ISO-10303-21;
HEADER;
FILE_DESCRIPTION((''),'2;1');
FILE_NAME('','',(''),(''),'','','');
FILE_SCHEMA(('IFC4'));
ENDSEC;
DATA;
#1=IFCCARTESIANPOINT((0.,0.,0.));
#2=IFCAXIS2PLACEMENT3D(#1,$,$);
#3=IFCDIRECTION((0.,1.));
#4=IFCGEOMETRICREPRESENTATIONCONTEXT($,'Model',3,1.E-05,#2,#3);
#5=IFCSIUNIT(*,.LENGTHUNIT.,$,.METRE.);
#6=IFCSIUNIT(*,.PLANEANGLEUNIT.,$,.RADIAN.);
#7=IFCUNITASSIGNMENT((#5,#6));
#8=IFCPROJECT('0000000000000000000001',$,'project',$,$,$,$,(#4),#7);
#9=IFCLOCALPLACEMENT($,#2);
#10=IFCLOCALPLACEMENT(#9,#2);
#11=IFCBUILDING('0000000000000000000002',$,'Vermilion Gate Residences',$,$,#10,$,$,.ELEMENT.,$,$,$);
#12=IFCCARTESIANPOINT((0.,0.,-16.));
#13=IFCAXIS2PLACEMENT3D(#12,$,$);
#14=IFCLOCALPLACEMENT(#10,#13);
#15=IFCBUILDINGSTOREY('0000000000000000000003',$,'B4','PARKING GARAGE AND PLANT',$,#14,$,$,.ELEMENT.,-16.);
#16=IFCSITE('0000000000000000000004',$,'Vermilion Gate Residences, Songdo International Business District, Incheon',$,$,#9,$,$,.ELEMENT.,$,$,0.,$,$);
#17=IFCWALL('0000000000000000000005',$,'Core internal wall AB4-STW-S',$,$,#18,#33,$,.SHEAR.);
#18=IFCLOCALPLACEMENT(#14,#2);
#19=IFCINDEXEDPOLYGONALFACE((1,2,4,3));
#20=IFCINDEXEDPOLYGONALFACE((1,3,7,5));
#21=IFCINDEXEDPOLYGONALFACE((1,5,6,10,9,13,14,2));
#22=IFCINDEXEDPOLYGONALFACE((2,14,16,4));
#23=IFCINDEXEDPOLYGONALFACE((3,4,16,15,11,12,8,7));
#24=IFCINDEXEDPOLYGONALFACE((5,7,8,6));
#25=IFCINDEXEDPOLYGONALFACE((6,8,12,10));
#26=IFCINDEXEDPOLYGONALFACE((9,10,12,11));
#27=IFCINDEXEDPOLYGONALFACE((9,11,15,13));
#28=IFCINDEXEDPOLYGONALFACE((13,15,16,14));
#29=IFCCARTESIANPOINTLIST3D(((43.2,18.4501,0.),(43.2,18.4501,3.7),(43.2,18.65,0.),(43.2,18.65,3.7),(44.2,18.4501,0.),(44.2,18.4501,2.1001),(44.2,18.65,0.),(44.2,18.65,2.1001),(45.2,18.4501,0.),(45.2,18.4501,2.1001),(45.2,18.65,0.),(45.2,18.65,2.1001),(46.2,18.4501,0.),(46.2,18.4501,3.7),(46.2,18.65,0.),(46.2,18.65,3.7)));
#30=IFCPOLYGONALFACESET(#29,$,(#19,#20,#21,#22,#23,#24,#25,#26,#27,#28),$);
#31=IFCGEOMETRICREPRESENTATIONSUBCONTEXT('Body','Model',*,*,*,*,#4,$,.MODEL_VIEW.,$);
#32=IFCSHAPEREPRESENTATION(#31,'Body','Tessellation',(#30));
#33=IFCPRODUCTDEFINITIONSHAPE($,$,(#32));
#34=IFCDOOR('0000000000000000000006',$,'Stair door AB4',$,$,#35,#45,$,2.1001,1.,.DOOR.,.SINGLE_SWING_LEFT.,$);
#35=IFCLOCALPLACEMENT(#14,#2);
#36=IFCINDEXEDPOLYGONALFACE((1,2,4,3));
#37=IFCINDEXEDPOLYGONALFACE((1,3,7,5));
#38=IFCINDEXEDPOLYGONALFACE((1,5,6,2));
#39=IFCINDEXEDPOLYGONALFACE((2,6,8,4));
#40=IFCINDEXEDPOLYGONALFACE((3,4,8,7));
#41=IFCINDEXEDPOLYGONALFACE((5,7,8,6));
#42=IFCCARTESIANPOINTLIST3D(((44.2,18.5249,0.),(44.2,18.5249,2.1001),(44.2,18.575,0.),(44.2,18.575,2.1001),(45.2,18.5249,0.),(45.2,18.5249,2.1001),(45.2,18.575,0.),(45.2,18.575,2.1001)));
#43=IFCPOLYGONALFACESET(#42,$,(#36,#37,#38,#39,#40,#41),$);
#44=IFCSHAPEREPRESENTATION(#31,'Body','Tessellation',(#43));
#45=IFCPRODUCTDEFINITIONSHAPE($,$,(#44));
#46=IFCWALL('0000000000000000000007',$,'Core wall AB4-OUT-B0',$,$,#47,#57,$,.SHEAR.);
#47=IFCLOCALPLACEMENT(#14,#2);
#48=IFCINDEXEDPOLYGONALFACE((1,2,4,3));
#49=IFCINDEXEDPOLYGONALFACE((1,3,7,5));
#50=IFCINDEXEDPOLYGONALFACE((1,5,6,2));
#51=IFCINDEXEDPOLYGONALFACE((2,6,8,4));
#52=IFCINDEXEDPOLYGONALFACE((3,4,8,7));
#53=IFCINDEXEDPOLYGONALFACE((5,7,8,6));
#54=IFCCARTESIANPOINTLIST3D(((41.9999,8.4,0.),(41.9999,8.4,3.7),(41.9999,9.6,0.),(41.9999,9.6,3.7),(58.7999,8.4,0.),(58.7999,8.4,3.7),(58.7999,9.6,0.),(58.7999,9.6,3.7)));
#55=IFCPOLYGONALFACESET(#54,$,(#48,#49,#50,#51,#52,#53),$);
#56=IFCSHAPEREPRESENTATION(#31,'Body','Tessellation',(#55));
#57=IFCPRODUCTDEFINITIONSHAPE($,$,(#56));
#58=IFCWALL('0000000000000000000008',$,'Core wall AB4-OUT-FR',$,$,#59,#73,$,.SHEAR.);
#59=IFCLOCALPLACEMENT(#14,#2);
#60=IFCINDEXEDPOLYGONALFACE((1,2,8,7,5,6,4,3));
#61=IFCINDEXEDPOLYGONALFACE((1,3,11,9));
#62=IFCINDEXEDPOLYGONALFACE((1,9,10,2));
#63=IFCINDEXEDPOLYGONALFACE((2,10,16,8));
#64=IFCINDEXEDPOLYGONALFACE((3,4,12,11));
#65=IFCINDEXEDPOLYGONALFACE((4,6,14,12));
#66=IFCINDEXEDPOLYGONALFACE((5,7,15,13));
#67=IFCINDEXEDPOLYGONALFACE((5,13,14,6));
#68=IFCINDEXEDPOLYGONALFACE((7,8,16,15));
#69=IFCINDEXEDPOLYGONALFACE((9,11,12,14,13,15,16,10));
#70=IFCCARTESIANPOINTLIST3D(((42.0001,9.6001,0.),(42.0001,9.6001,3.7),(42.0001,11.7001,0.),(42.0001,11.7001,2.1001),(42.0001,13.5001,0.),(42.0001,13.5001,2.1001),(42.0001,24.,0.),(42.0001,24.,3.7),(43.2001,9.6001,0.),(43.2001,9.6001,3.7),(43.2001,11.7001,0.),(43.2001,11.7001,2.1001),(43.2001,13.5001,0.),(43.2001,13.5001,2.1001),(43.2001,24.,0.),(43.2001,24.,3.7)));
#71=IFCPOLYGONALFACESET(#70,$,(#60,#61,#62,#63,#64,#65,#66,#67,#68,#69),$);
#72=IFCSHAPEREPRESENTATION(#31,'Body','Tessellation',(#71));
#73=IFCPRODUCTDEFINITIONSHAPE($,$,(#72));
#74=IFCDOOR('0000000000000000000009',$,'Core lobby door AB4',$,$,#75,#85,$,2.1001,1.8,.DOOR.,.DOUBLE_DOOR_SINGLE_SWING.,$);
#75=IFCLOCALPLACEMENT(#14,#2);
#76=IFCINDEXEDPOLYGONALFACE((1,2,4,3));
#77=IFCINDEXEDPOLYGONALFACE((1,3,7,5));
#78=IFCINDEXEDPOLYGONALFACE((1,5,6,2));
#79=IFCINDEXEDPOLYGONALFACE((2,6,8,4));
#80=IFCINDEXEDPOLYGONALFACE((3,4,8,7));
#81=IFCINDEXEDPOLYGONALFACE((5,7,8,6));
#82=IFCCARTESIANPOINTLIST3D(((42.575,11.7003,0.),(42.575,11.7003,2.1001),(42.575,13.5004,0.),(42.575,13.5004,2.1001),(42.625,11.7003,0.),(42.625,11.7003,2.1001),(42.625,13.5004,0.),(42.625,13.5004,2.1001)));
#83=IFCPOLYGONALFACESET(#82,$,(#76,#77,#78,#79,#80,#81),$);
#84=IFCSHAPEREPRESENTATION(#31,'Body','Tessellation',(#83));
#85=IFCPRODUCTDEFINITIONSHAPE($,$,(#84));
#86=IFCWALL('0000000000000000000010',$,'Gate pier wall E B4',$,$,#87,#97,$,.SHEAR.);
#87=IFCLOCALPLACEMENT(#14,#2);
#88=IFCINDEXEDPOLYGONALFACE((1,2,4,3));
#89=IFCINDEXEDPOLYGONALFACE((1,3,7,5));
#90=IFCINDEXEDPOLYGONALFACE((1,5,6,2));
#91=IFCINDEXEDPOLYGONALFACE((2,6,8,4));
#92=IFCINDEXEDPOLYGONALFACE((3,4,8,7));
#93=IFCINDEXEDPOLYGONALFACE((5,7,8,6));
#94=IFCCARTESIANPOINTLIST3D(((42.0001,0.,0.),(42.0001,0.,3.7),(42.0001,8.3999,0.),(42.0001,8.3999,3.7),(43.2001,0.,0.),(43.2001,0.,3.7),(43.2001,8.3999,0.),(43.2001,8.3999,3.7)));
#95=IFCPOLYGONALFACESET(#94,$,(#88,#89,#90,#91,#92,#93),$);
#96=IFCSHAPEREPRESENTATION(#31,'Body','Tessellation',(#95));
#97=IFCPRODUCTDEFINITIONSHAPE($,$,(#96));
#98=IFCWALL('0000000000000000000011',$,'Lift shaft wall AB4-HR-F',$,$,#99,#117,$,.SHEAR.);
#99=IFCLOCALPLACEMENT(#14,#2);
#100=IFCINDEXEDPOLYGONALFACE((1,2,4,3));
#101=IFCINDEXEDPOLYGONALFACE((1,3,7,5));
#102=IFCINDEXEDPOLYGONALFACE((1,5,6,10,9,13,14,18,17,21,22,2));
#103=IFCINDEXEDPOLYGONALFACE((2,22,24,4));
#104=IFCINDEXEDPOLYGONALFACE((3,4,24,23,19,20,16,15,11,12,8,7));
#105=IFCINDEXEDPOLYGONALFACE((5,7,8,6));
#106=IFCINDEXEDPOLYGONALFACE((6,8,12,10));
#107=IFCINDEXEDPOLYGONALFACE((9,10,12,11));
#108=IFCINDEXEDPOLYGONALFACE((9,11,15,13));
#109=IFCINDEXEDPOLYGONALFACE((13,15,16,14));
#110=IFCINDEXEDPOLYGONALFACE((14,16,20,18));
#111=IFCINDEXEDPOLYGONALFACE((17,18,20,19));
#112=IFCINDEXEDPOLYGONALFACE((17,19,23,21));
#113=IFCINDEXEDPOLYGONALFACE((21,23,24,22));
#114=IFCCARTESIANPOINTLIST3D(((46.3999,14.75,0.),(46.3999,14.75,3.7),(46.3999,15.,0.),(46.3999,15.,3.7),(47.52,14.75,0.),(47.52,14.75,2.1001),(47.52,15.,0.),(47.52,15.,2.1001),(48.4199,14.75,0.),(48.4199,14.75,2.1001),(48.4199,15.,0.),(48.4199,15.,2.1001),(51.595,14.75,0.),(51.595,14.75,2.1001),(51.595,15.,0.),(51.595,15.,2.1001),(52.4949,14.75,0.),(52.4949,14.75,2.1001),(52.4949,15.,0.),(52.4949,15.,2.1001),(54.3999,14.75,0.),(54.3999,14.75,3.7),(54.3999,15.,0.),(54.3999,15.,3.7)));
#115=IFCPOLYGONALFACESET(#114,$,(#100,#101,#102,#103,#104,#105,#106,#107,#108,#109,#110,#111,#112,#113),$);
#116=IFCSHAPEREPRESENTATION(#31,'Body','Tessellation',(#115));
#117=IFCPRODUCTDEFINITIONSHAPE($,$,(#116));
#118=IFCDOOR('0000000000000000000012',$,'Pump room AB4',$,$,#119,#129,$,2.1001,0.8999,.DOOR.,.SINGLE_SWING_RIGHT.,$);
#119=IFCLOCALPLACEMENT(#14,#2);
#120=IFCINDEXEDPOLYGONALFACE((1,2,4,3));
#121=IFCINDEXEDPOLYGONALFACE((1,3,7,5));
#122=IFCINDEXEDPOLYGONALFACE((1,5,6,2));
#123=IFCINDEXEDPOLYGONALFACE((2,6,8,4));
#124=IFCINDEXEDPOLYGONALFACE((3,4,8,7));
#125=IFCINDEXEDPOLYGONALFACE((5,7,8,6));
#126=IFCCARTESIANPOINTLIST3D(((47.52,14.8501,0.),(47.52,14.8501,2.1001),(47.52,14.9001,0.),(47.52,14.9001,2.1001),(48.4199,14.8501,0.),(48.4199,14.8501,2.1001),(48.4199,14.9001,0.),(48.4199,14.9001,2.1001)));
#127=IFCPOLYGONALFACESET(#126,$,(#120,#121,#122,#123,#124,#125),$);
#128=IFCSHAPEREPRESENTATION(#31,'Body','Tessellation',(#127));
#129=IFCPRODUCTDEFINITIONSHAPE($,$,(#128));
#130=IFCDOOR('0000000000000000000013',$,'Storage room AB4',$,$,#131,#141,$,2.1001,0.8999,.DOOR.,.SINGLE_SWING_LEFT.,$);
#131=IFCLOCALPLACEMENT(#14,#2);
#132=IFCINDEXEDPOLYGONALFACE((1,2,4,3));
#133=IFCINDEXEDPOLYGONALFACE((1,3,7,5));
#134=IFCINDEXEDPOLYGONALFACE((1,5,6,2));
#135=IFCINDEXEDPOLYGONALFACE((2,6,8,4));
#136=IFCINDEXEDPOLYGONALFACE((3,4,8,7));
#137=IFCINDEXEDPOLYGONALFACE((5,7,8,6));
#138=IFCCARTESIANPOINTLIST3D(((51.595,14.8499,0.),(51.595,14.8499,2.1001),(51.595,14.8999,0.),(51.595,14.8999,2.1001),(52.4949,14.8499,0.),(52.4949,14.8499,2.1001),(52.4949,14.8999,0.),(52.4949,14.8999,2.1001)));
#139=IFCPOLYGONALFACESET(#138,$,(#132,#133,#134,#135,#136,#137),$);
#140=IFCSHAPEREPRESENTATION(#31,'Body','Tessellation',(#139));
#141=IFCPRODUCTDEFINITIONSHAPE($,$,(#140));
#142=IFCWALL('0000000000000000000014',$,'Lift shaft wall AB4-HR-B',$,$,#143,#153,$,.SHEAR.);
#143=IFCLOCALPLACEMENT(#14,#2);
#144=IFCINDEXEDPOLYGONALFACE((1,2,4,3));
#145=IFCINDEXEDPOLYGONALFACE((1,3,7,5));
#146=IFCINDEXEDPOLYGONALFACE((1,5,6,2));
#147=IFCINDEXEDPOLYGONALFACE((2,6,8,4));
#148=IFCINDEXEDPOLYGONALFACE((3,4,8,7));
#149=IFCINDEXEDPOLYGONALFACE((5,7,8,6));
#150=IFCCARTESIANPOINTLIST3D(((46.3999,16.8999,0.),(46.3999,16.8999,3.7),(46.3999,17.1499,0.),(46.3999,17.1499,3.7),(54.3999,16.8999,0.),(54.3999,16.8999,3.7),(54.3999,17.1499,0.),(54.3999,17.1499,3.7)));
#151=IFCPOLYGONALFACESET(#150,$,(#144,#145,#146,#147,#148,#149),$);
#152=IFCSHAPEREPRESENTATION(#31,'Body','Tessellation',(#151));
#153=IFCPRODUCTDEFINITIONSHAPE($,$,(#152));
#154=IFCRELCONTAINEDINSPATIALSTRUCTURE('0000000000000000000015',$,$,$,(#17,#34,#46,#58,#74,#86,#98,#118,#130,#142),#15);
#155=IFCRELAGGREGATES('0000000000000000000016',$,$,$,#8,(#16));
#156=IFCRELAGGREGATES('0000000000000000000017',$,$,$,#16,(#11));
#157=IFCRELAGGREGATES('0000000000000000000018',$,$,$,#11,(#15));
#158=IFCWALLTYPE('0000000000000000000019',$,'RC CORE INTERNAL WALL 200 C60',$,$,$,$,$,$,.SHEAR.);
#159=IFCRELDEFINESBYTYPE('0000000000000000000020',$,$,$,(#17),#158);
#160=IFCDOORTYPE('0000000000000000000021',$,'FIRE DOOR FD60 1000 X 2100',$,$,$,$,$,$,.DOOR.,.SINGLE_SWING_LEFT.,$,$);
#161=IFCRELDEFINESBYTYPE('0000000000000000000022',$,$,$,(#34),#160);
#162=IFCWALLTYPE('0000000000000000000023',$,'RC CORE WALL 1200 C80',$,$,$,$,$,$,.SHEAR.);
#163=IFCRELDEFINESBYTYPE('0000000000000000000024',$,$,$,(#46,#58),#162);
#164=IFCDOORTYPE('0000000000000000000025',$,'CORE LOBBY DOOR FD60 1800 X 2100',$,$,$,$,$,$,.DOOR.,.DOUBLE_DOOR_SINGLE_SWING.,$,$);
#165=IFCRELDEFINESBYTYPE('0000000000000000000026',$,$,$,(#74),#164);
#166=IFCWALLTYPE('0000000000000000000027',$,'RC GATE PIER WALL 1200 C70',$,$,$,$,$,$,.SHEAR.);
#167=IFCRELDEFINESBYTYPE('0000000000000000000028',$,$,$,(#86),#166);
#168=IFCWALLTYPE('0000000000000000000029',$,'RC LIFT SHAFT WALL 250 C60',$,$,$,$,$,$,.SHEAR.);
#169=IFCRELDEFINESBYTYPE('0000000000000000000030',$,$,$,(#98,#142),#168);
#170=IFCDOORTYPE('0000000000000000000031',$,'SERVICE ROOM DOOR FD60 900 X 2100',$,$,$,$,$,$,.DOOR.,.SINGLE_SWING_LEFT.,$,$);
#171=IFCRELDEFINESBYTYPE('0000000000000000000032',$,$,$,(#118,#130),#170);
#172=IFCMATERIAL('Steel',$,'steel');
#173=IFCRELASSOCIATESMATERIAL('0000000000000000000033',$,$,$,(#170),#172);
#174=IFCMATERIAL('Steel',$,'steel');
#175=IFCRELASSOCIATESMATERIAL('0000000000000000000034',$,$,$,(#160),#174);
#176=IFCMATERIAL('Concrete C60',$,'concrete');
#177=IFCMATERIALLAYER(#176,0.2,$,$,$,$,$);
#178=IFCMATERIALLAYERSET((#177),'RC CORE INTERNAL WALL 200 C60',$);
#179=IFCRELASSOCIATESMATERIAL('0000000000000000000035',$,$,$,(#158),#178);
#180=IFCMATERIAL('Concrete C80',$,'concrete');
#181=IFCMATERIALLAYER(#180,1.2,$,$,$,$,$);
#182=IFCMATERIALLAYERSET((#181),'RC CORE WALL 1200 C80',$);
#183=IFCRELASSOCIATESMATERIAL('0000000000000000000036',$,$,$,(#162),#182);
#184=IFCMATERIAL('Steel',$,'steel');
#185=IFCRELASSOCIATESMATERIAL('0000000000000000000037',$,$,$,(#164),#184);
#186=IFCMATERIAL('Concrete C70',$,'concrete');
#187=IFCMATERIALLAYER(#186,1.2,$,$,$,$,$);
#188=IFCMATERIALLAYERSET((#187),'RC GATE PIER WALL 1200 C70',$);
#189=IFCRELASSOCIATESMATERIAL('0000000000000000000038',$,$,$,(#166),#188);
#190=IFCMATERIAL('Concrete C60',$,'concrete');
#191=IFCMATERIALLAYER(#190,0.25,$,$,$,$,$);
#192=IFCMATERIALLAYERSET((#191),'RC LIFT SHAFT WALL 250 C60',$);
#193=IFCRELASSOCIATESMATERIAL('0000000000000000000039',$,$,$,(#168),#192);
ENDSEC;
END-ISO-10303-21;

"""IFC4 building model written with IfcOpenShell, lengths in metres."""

from ifc_helpers import new_model, si_unit, direction, frame, frame_2d, origin, place, context, subcontext, project, spatial, rectangle, extrude, material, layer, layer_set, type_object, element, fill, save


model = new_model("IFC4")

# Units and contexts
model_context = context("Model", 3, precision=1e-05, world=origin(), true_north=direction((0.0, 1.0)))
body_context = subcontext(model_context, "Body", "Model", "MODEL_VIEW")
ifc_project = project(units=[si_unit("LENGTHUNIT", "METRE"), si_unit("PLANEANGLEUNIT", "RADIAN")], contexts=[model_context])

# Site, building, storey
site_placement = place(None, origin())
site = spatial("IfcSite", under=ifc_project, at=site_placement, Name="Vermilion Gate Residences, Songdo International Business District, Incheon", CompositionType="ELEMENT", RefElevation=0.0)
building_placement = place(site_placement, origin())
building = spatial("IfcBuilding", under=site, at=building_placement, Name="Vermilion Gate Residences", CompositionType="ELEMENT")
storey_placement = place(building_placement, frame((0.0, 0.0, -16.0)))
storey = spatial("IfcBuildingStorey", under=building, at=storey_placement, Name="B4", Description="PARKING GARAGE AND PLANT", CompositionType="ELEMENT", Elevation=-16.0)

# Shared definitions
ifc_material_1 = material(Name="Steel", Category="steel")
door_type_1 = type_object("IfcDoorType", Name="SERVICE ROOM DOOR FD60 900 X 2100", OperationType="SINGLE_SWING_LEFT", PredefinedType="DOOR", material=ifc_material_1)

# Shared definitions
ifc_material_2 = material(Name="Steel", Category="steel")
door_type_2 = type_object("IfcDoorType", Name="FIRE DOOR FD60 1000 X 2100", OperationType="SINGLE_SWING_LEFT", PredefinedType="DOOR", material=ifc_material_2)

# Shared definitions
ifc_material_3 = material(Name="Concrete C60", Category="concrete")
ifc_layer_1 = layer(ifc_material_3, 0.2)
ifc_layer_set_1 = layer_set([ifc_layer_1], Name="RC CORE INTERNAL WALL 200 C60")
wall_type_1 = type_object("IfcWallType", Name="RC CORE INTERNAL WALL 200 C60", PredefinedType="SHEAR", material=ifc_layer_set_1)

# Wall, opening, door
wall_1_placement = place(storey_placement, frame((43.2, 18.55, 0.0), z_axis=(0.0, 0.0, 1.0), x_axis=(1.0, 0.0, 0.0)))
wall_1 = element("IfcWall", 1, at=wall_1_placement, inside=storey, type_object=wall_type_1, Name="Core internal wall AB4-STW-S", PredefinedType="SHEAR", context=body_context, shape_type="SweptSolid", body=[
    extrude(rectangle(XDim=3.0, YDim=0.2, at=frame_2d((1.5, 0.0))), origin(), (0.0, 0.0, 1.0), 3.7),
])
opening_1_placement = place(wall_1_placement, frame((1.0, 0.0, 0.0)))
opening_1 = element("IfcOpeningElement", 2, at=opening_1_placement, cuts=wall_1, PredefinedType="OPENING", context=body_context, shape_type="SweptSolid", body=[
    extrude(rectangle(XDim=1.0, YDim=2.1001, at=frame_2d((0.5, 1.05))), frame((0.0, 0.1099, 0.0), z_axis=(0.0, -1.0, 0.0), x_axis=(1.0, 0.0, 0.0)), (0.0, 0.0, 1.0), 0.22),
])
door_1_placement = place(opening_1_placement, origin())
door_1 = element("IfcDoor", 3, at=door_1_placement, inside=storey, type_object=door_type_2, Name="Stair door AB4", OperationType="SINGLE_SWING_LEFT", OverallHeight=2.1001, OverallWidth=1.0, PredefinedType="DOOR", context=body_context, shape_type="SweptSolid", body=[
    extrude(rectangle(XDim=1.0, YDim=2.1001, at=frame_2d((0.5, 1.05))), frame((0.0, 0.0249, 0.0), z_axis=(0.0, -1.0, 0.0), x_axis=(1.0, 0.0, 0.0)), (0.0, 0.0, 1.0), 0.05),
])
fill(opening_1, door_1)

# Wall
ifc_material_4 = material(Name="Concrete C80", Category="concrete")
ifc_layer_2 = layer(ifc_material_4, 1.2)
ifc_layer_set_2 = layer_set([ifc_layer_2], Name="RC CORE WALL 1200 C80")
wall_type_2 = type_object("IfcWallType", Name="RC CORE WALL 1200 C80", PredefinedType="SHEAR", material=ifc_layer_set_2)
wall_2_placement = place(storey_placement, frame((42.0, 9.0, 0.0), z_axis=(0.0, 0.0, 1.0), x_axis=(1.0, 0.0, 0.0)))
element("IfcWall", 4, at=wall_2_placement, inside=storey, type_object=wall_type_2, Name="Core wall AB4-OUT-B0", PredefinedType="SHEAR", context=body_context, shape_type="SweptSolid", body=[
    extrude(rectangle(XDim=16.8, YDim=1.2, at=frame_2d((8.3999, 0.0))), origin(), (0.0, 0.0, 1.0), 3.7),
])

# Wall, opening, door
wall_3_placement = place(storey_placement, frame((42.6001, 9.6001, 0.0), z_axis=(0.0, 0.0, 1.0), x_axis=(0.0, 1.0, 0.0)))
wall_3 = element("IfcWall", 5, at=wall_3_placement, inside=storey, type_object=wall_type_2, Name="Core wall AB4-OUT-FR", PredefinedType="SHEAR", context=body_context, shape_type="SweptSolid", body=[
    extrude(rectangle(XDim=14.3999, YDim=1.2, at=frame_2d((7.2, 0.0))), origin(), (0.0, 0.0, 1.0), 3.7),
])
opening_2_placement = place(wall_3_placement, frame((2.1001, 0.0, 0.0)))
opening_2 = element("IfcOpeningElement", 6, at=opening_2_placement, cuts=wall_3, PredefinedType="OPENING", context=body_context, shape_type="SweptSolid", body=[
    extrude(rectangle(XDim=1.8, YDim=2.1001, at=frame_2d((0.8999, 1.05))), frame((0.0, 0.6099, 0.0), z_axis=(0.0, -1.0, 0.0), x_axis=(1.0, 0.0, 0.0)), (0.0, 0.0, 1.0), 1.22),
])
ifc_material_5 = material(Name="Steel", Category="steel")
door_type_3 = type_object("IfcDoorType", Name="CORE LOBBY DOOR FD60 1800 X 2100", OperationType="DOUBLE_DOOR_SINGLE_SWING", PredefinedType="DOOR", material=ifc_material_5)
door_2_placement = place(opening_2_placement, frame((1.8, 0.0, 0.0), z_axis=(0.0, 0.0, 1.0), x_axis=(-1.0, 0.0, 0.0)))
door_2 = element("IfcDoor", 7, at=door_2_placement, inside=storey, type_object=door_type_3, Name="Core lobby door AB4", OperationType="DOUBLE_DOOR_SINGLE_SWING", OverallHeight=2.1001, OverallWidth=1.8, PredefinedType="DOOR", context=body_context, shape_type="SweptSolid", body=[
    extrude(rectangle(XDim=1.8, YDim=2.1001, at=frame_2d((0.8999, 1.05))), frame((0.0, 0.0249, 0.0), z_axis=(0.0, -1.0, 0.0), x_axis=(1.0, 0.0, 0.0)), (0.0, 0.0, 1.0), 0.05),
])
fill(opening_2, door_2)

# Wall
ifc_material_6 = material(Name="Concrete C70", Category="concrete")
ifc_layer_3 = layer(ifc_material_6, 1.2)
ifc_layer_set_3 = layer_set([ifc_layer_3], Name="RC GATE PIER WALL 1200 C70")
wall_type_3 = type_object("IfcWallType", Name="RC GATE PIER WALL 1200 C70", PredefinedType="SHEAR", material=ifc_layer_set_3)
wall_4_placement = place(storey_placement, frame((42.6001, 0.0, 0.0), z_axis=(0.0, 0.0, 1.0), x_axis=(0.0, 1.0, 0.0)))
element("IfcWall", 8, at=wall_4_placement, inside=storey, type_object=wall_type_3, Name="Gate pier wall E B4", PredefinedType="SHEAR", context=body_context, shape_type="SweptSolid", body=[
    extrude(rectangle(XDim=8.3999, YDim=1.2, at=frame_2d((4.2, 0.0))), origin(), (0.0, 0.0, 1.0), 3.7),
])

# Wall, openings, doors
ifc_material_7 = material(Name="Concrete C60", Category="concrete")
ifc_layer_4 = layer(ifc_material_7, 0.25)
ifc_layer_set_4 = layer_set([ifc_layer_4], Name="RC LIFT SHAFT WALL 250 C60")
wall_type_4 = type_object("IfcWallType", Name="RC LIFT SHAFT WALL 250 C60", PredefinedType="SHEAR", material=ifc_layer_set_4)
wall_5_placement = place(storey_placement, frame((46.3999, 14.875, 0.0), z_axis=(0.0, 0.0, 1.0), x_axis=(1.0, 0.0, 0.0)))
wall_5 = element("IfcWall", 9, at=wall_5_placement, inside=storey, type_object=wall_type_4, Name="Lift shaft wall AB4-HR-F", PredefinedType="SHEAR", context=body_context, shape_type="SweptSolid", body=[
    extrude(rectangle(XDim=8.0, YDim=0.25, at=frame_2d((4.0, 0.0))), origin(), (0.0, 0.0, 1.0), 3.7),
])
opening_3_placement = place(wall_5_placement, frame((1.1201, 0.0, 0.0)))
opening_3 = element("IfcOpeningElement", 10, at=opening_3_placement, cuts=wall_5, PredefinedType="OPENING", context=body_context, shape_type="SweptSolid", body=[
    extrude(rectangle(XDim=0.8999, YDim=2.1001, at=frame_2d((0.45, 1.05))), frame((0.0, 0.135, 0.0), z_axis=(0.0, -1.0, 0.0), x_axis=(1.0, 0.0, 0.0)), (0.0, 0.0, 1.0), 0.27),
])
opening_4_placement = place(wall_5_placement, frame((5.1951, 0.0, 0.0)))
opening_4 = element("IfcOpeningElement", 11, at=opening_4_placement, cuts=wall_5, PredefinedType="OPENING", context=body_context, shape_type="SweptSolid", body=[
    extrude(rectangle(XDim=0.8999, YDim=2.1001, at=frame_2d((0.45, 1.05))), frame((0.0, 0.135, 0.0), z_axis=(0.0, -1.0, 0.0), x_axis=(1.0, 0.0, 0.0)), (0.0, 0.0, 1.0), 0.27),
])
door_3_placement = place(opening_3_placement, frame((0.8999, 0.0, 0.0), z_axis=(0.0, 0.0, 1.0), x_axis=(-1.0, 0.0, 0.0)))
door_3 = element("IfcDoor", 12, at=door_3_placement, inside=storey, type_object=door_type_1, Name="Pump room AB4", OperationType="SINGLE_SWING_RIGHT", OverallHeight=2.1001, OverallWidth=0.8999, PredefinedType="DOOR", context=body_context, shape_type="SweptSolid", body=[
    extrude(rectangle(XDim=0.8999, YDim=2.1001, at=frame_2d((0.45, 1.05))), frame((0.0, 0.0249, 0.0), z_axis=(0.0, -1.0, 0.0), x_axis=(1.0, 0.0, 0.0)), (0.0, 0.0, 1.0), 0.05),
])
fill(opening_3, door_3)
door_4_placement = place(opening_4_placement, origin())
door_4 = element("IfcDoor", 13, at=door_4_placement, inside=storey, type_object=door_type_1, Name="Storage room AB4", OperationType="SINGLE_SWING_LEFT", OverallHeight=2.1001, OverallWidth=0.8999, PredefinedType="DOOR", context=body_context, shape_type="SweptSolid", body=[
    extrude(rectangle(XDim=0.8999, YDim=2.1001, at=frame_2d((0.45, 1.05))), frame((0.0, 0.0249, 0.0), z_axis=(0.0, -1.0, 0.0), x_axis=(1.0, 0.0, 0.0)), (0.0, 0.0, 1.0), 0.05),
])
fill(opening_4, door_4)

# Wall
wall_6_placement = place(storey_placement, frame((46.3999, 17.0249, 0.0), z_axis=(0.0, 0.0, 1.0), x_axis=(1.0, 0.0, 0.0)))
element("IfcWall", 14, at=wall_6_placement, inside=storey, type_object=wall_type_4, Name="Lift shaft wall AB4-HR-B", PredefinedType="SHEAR", context=body_context, shape_type="SweptSolid", body=[
    extrude(rectangle(XDim=8.0, YDim=0.25, at=frame_2d((4.0, 0.0))), origin(), (0.0, 0.0, 1.0), 3.7),
])

save(model, "model.ifc")
